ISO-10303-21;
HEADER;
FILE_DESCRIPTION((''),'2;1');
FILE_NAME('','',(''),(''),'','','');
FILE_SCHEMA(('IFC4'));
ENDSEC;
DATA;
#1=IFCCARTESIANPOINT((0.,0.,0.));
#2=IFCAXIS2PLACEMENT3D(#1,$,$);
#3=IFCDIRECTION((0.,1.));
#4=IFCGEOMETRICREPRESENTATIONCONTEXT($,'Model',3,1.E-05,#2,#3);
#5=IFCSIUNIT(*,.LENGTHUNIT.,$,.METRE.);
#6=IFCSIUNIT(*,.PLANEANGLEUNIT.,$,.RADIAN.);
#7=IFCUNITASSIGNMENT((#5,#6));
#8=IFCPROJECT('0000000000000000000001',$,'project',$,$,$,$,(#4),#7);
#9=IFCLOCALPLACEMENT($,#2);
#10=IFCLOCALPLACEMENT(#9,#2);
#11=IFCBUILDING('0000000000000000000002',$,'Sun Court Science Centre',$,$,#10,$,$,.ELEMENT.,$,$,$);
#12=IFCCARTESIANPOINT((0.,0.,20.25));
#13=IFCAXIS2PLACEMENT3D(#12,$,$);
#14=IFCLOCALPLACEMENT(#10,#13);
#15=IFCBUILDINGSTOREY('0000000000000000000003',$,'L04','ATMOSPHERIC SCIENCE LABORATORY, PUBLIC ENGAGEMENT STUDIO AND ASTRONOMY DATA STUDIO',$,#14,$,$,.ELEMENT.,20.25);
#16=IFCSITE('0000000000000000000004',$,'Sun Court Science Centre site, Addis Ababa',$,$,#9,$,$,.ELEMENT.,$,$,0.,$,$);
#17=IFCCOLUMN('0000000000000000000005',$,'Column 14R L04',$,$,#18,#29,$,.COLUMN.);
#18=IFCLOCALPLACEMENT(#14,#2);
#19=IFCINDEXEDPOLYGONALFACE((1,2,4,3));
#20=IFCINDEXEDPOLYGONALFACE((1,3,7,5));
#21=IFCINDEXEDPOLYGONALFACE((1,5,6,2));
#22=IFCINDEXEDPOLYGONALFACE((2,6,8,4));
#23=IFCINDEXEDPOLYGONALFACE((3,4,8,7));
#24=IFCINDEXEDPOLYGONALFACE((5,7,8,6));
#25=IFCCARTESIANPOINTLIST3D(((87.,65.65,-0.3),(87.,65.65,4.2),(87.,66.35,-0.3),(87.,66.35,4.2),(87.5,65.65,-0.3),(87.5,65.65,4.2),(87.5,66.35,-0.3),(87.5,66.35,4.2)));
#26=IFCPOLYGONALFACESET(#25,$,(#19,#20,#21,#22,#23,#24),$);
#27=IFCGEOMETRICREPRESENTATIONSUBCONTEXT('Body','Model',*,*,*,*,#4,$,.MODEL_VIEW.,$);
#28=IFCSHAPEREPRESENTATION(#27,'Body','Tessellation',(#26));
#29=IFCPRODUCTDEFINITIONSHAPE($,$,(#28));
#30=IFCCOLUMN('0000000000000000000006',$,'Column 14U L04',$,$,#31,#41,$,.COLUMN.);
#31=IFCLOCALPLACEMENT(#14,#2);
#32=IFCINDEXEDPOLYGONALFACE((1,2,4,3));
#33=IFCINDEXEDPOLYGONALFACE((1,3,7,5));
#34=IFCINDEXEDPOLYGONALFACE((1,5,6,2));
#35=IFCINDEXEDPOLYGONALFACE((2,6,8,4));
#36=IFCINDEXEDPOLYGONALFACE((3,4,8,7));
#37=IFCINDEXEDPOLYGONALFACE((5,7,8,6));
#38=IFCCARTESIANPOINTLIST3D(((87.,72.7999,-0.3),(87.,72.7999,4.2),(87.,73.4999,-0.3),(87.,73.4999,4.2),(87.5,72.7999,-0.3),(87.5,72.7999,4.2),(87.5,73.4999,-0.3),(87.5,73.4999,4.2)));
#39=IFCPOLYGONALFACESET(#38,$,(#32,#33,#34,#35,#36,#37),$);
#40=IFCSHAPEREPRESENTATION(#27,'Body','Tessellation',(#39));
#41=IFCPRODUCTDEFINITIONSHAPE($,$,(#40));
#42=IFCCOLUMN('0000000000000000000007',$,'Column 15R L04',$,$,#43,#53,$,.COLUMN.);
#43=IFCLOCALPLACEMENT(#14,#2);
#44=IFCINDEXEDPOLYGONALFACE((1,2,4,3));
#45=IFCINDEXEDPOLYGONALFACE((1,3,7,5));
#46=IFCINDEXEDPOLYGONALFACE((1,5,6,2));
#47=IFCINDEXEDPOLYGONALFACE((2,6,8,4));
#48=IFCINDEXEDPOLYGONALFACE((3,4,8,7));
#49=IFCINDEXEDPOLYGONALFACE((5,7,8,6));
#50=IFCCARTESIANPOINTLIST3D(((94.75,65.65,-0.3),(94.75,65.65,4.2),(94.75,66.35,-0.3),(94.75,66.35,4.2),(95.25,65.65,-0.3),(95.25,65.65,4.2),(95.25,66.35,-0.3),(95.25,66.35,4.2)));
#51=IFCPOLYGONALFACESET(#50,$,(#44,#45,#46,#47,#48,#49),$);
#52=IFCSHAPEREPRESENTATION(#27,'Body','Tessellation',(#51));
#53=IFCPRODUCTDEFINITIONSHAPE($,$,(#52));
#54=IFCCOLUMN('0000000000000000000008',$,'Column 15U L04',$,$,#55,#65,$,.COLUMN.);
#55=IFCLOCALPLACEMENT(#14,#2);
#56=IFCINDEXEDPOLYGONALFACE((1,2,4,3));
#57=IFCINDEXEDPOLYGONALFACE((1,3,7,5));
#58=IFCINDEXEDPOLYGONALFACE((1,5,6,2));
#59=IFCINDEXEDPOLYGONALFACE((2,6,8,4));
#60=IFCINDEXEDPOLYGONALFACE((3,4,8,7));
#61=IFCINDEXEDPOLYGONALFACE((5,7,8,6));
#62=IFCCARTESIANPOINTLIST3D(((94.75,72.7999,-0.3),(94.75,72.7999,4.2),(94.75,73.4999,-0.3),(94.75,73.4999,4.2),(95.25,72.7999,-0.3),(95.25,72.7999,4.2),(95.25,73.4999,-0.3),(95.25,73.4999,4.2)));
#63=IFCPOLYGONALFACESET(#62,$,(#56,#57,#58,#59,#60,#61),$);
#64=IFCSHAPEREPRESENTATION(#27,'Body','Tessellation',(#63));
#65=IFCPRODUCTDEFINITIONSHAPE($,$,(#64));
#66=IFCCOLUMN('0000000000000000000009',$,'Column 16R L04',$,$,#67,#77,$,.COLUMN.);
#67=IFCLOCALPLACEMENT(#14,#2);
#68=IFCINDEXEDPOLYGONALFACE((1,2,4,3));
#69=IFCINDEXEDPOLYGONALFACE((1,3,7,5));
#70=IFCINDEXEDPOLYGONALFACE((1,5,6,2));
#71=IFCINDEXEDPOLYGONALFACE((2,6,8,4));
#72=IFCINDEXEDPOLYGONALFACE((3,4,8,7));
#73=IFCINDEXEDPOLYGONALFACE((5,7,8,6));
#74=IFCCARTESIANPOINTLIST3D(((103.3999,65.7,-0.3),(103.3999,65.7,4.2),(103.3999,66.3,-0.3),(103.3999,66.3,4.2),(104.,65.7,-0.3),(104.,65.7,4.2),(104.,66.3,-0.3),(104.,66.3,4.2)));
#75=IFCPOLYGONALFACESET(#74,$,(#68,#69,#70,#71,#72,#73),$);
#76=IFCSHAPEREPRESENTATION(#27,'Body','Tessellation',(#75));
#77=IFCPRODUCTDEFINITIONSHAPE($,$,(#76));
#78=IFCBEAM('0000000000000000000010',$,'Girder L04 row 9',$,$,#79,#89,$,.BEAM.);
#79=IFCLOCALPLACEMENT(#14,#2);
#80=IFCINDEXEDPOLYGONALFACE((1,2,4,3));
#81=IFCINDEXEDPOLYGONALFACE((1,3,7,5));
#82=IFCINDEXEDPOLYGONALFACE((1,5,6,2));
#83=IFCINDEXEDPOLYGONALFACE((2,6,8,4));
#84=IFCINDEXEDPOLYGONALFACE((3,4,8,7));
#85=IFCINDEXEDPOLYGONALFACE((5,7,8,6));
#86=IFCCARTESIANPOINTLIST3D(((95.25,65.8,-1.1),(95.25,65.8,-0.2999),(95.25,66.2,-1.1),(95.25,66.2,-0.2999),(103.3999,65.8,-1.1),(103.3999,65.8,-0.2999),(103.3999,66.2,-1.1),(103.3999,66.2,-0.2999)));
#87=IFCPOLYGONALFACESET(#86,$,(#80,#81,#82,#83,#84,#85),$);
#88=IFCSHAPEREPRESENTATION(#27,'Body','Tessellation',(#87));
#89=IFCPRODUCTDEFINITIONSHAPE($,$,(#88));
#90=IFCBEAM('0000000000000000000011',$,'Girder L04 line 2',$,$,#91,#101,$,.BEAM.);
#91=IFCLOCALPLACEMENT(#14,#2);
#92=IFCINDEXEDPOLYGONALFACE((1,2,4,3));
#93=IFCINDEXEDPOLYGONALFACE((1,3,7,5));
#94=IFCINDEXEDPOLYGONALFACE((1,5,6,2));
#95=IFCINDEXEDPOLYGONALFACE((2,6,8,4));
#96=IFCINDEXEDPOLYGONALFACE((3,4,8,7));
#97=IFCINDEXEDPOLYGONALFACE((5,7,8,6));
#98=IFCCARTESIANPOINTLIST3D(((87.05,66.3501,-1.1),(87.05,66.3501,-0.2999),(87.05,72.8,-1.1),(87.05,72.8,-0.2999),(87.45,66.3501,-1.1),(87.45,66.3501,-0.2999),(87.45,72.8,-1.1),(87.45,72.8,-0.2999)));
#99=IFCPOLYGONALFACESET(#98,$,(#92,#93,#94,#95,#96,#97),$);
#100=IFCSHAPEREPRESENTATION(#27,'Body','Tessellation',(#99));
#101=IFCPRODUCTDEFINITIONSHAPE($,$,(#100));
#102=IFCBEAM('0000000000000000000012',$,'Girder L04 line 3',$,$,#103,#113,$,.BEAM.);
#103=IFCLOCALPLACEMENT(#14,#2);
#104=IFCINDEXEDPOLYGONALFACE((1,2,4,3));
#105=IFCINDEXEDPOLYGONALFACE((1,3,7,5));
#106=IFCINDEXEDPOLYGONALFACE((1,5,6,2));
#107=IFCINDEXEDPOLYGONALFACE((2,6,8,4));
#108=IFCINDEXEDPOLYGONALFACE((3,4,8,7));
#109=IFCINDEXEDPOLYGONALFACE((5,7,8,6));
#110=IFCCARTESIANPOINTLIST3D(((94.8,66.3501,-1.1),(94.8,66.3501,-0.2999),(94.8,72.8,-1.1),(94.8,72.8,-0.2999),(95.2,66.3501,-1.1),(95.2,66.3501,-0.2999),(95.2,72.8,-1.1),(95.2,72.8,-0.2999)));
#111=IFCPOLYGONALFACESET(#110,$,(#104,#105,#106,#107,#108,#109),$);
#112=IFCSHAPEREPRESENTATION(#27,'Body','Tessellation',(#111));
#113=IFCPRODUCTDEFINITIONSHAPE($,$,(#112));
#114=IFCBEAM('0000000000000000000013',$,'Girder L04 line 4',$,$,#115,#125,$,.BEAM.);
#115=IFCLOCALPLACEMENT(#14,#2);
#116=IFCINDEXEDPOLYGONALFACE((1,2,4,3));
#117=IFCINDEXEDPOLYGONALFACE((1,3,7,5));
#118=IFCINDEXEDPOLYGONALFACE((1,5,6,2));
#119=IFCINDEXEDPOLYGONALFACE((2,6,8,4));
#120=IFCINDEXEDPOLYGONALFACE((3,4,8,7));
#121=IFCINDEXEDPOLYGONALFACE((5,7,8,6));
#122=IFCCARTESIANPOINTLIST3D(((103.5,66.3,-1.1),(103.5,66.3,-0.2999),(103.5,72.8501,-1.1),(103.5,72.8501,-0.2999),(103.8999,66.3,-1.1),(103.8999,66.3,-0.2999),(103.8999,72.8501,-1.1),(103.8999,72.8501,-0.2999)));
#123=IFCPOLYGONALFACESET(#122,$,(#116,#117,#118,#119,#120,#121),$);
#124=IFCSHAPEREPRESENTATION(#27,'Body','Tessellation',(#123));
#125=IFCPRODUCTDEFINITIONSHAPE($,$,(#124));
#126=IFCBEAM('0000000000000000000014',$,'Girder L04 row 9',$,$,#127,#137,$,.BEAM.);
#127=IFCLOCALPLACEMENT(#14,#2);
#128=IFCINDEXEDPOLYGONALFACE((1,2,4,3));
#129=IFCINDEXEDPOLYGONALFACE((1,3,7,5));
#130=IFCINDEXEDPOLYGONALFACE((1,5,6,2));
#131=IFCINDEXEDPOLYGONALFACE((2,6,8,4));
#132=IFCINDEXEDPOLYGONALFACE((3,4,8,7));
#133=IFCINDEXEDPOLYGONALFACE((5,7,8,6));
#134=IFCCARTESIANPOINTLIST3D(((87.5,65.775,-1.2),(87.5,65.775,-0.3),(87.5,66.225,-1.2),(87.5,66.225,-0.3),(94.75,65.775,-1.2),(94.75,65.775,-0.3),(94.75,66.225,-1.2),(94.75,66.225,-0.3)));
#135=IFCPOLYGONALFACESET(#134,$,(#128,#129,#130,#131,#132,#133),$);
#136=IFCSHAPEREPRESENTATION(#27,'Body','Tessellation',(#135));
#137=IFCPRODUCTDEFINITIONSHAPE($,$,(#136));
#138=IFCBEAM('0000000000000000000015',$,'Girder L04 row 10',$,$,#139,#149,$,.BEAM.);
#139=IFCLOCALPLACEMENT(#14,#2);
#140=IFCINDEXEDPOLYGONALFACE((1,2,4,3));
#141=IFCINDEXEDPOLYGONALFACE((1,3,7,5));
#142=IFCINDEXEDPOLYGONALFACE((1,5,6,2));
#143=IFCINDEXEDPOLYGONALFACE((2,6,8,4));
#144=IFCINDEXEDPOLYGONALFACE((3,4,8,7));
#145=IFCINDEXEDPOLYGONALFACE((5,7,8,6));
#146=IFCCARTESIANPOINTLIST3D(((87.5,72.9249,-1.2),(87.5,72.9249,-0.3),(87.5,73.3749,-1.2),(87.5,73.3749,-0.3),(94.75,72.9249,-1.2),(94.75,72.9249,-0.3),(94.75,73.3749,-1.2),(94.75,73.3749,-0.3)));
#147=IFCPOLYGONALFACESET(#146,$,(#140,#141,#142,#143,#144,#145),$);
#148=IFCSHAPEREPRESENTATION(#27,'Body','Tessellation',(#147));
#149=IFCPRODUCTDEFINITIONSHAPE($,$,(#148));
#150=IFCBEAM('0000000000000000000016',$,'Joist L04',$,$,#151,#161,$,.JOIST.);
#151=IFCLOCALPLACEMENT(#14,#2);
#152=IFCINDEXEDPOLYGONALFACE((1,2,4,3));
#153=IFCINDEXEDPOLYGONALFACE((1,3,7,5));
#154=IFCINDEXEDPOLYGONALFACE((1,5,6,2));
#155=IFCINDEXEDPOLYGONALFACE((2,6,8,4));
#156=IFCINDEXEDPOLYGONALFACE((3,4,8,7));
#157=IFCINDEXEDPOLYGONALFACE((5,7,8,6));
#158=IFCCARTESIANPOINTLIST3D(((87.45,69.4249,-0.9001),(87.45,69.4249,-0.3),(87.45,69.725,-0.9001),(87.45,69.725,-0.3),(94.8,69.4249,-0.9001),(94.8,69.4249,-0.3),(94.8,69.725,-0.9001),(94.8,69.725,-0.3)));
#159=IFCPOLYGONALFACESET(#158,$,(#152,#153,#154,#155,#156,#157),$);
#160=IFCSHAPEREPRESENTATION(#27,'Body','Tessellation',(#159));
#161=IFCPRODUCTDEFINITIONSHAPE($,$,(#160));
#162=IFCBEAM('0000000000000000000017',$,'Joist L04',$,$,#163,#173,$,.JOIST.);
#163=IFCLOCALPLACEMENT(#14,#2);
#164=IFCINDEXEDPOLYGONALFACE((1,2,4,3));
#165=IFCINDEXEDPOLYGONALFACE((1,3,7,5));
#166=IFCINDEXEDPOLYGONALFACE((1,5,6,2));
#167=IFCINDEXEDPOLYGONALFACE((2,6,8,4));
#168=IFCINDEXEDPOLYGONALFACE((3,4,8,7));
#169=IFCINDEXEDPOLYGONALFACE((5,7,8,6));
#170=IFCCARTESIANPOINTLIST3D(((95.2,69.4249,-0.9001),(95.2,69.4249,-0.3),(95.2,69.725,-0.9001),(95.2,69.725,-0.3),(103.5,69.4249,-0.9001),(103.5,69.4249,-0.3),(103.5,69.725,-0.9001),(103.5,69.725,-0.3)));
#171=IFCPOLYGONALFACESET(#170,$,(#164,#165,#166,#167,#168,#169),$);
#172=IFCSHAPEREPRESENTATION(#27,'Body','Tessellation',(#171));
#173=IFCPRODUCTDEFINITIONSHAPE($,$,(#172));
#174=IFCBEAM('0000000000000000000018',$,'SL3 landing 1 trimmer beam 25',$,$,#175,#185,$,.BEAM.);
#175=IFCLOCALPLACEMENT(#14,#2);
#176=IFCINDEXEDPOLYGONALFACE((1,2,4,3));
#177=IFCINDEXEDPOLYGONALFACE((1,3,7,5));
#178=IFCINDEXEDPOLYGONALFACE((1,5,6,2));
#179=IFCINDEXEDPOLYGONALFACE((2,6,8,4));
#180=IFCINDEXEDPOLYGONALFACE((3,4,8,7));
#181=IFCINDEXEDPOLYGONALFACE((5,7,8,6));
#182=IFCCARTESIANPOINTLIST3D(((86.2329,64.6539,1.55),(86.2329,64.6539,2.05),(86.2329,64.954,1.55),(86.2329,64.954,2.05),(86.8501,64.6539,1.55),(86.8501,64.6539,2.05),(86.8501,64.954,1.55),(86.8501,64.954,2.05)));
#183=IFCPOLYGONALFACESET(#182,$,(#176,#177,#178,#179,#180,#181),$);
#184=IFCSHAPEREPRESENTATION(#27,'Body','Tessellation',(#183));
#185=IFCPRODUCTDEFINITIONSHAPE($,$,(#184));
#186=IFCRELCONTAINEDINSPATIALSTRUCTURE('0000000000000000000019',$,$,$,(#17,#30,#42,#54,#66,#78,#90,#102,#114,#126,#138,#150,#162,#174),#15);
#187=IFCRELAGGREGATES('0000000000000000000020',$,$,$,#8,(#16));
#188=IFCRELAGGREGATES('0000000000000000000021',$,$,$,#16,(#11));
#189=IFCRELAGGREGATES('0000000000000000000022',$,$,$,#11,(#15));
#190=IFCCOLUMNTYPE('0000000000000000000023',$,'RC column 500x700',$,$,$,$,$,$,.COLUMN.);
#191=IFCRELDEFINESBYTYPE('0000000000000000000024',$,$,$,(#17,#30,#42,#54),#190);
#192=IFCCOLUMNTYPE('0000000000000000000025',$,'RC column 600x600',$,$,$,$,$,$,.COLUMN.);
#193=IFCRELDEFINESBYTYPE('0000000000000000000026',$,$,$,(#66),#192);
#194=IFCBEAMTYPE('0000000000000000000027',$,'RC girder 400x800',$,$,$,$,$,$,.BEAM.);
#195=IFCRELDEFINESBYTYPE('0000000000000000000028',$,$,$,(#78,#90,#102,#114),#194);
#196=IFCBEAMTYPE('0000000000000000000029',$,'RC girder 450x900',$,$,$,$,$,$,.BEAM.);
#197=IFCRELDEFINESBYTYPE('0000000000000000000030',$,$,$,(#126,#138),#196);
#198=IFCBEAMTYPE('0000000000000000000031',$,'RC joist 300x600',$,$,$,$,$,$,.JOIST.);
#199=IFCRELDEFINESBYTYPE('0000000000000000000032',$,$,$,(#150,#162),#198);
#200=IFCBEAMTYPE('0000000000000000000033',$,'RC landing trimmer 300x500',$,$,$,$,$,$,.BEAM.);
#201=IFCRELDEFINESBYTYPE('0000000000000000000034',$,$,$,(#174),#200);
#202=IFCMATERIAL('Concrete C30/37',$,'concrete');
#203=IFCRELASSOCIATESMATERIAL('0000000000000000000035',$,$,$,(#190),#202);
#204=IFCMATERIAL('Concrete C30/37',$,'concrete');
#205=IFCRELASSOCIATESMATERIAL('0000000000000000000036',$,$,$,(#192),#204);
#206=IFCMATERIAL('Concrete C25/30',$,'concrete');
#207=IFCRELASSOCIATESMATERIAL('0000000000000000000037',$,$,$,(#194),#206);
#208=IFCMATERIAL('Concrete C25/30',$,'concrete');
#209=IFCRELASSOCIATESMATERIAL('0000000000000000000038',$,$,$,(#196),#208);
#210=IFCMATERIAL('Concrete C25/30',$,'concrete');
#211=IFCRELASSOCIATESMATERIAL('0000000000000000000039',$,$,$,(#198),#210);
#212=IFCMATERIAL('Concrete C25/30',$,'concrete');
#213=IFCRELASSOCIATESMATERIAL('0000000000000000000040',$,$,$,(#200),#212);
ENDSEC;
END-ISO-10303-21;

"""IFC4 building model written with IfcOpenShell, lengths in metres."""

from ifc_helpers import new_model, si_unit, direction, frame, origin, origin_2d, place, context, subcontext, project, spatial, rectangle, extrude, material, material_profile, profile_set, type_object, element, save


model = new_model("IFC4")

# Units and contexts
model_context = context("Model", 3, precision=1e-05, world=origin(), true_north=direction((0.0, 1.0)))
body_context = subcontext(model_context, "Body", "Model", "MODEL_VIEW")
ifc_project = project(units=[si_unit("LENGTHUNIT", "METRE"), si_unit("PLANEANGLEUNIT", "RADIAN")], contexts=[model_context])

# Site, building, storey
site_placement = place(None, origin())
site = spatial("IfcSite", under=ifc_project, at=site_placement, Name="Sun Court Science Centre site, Addis Ababa", CompositionType="ELEMENT", RefElevation=0.0)
building_placement = place(site_placement, origin())
building = spatial("IfcBuilding", under=site, at=building_placement, Name="Sun Court Science Centre", CompositionType="ELEMENT")
storey_placement = place(building_placement, frame((0.0, 0.0, 20.25)))
storey = spatial("IfcBuildingStorey", under=building, at=storey_placement, Name="L04", Description="ATMOSPHERIC SCIENCE LABORATORY, PUBLIC ENGAGEMENT STUDIO AND ASTRONOMY DATA STUDIO", CompositionType="ELEMENT", Elevation=20.25)

# Columns
ifc_material_1 = material(Name="Concrete C30/37", Category="concrete")
ifc_material_profile_1 = material_profile(ifc_material_1, rectangle(XDim=0.5, YDim=0.7, at=origin_2d()), Name="RC 500x700")
ifc_profile_set_1 = profile_set([ifc_material_profile_1], Name="Concrete C30/37")
column_type_1 = type_object("IfcColumnType", Name="RC column 500x700", PredefinedType="COLUMN", material=ifc_profile_set_1)
for number, where, z_axis, x_axis, name in (
    (1, (87.25, 66.0, -0.3), (0.0, 0.0, 1.0), (1.0, 0.0, 0.0), "Column 14R L04"),
    (2, (87.25, 73.1499, -0.3), (0.0, 0.0, 1.0), (1.0, 0.0, 0.0), "Column 14U L04"),
    (3, (95.0, 66.0, -0.3), (0.0, 0.0, 1.0), (1.0, 0.0, 0.0), "Column 15R L04"),
    (4, (95.0, 73.1499, -0.3), (0.0, 0.0, 1.0), (1.0, 0.0, 0.0), "Column 15U L04"),
):
    element("IfcColumn", number, at=place(storey_placement, frame(where, z_axis=z_axis, x_axis=x_axis)), inside=storey, type_object=column_type_1, Name=name, PredefinedType="COLUMN", context=body_context, shape_type="SweptSolid", body=[
        extrude(rectangle(XDim=0.5, YDim=0.7, at=origin_2d()), origin(), (0.0, 0.0, 1.0), 4.5),
    ])
ifc_material_2 = material(Name="Concrete C30/37", Category="concrete")
ifc_material_profile_2 = material_profile(ifc_material_2, rectangle(XDim=0.6001, YDim=0.6001, at=origin_2d()), Name="RC 600x600")
ifc_profile_set_2 = profile_set([ifc_material_profile_2], Name="Concrete C30/37")
column_type_2 = type_object("IfcColumnType", Name="RC column 600x600", PredefinedType="COLUMN", material=ifc_profile_set_2)
column_placement = place(storey_placement, frame((103.7, 66.0, -0.3), z_axis=(0.0, 0.0, 1.0), x_axis=(1.0, 0.0, 0.0)))
element("IfcColumn", 5, at=column_placement, inside=storey, type_object=column_type_2, Name="Column 16R L04", PredefinedType="COLUMN", context=body_context, shape_type="SweptSolid", body=[
    extrude(rectangle(XDim=0.6001, YDim=0.6001, at=origin_2d()), origin(), (0.0, 0.0, 1.0), 4.5),
])

# Beams
ifc_material_3 = material(Name="Concrete C25/30", Category="concrete")
ifc_material_profile_3 = material_profile(ifc_material_3, rectangle(XDim=0.3999, YDim=0.8, at=origin_2d()), Name="RC 400x800")
ifc_profile_set_3 = profile_set([ifc_material_profile_3], Name="Concrete C25/30")
beam_type_1 = type_object("IfcBeamType", Name="RC girder 400x800", PredefinedType="BEAM", material=ifc_profile_set_3)
beam_1_placement = place(storey_placement, frame((95.25, 66.0, -0.7), z_axis=(1.0, 0.0, 0.0), x_axis=(0.0, 1.0, 0.0)))
element("IfcBeam", 6, at=beam_1_placement, inside=storey, type_object=beam_type_1, Name="Girder L04 row 9", PredefinedType="BEAM", context=body_context, shape_type="SweptSolid", body=[
    extrude(rectangle(XDim=0.3999, YDim=0.8, at=origin_2d()), origin(), (0.0, 0.0, 1.0), 8.1499),
])
for number, where, z_axis, x_axis, name in (
    (7, (87.25, 66.3501, -0.7), (0.0, 1.0, 0.0), (-1.0, 0.0, 0.0), "Girder L04 line 2"),
    (8, (95.0, 66.3501, -0.7), (0.0, 1.0, 0.0), (-1.0, 0.0, 0.0), "Girder L04 line 3"),
):
    element("IfcBeam", number, at=place(storey_placement, frame(where, z_axis=z_axis, x_axis=x_axis)), inside=storey, type_object=beam_type_1, Name=name, PredefinedType="BEAM", context=body_context, shape_type="SweptSolid", body=[
        extrude(rectangle(XDim=0.3999, YDim=0.8, at=origin_2d()), origin(), (0.0, 0.0, 1.0), 6.45),
    ])
beam_2_placement = place(storey_placement, frame((103.7, 66.3, -0.7), z_axis=(0.0, 1.0, 0.0), x_axis=(-1.0, 0.0, 0.0)))
element("IfcBeam", 9, at=beam_2_placement, inside=storey, type_object=beam_type_1, Name="Girder L04 line 4", PredefinedType="BEAM", context=body_context, shape_type="SweptSolid", body=[
    extrude(rectangle(XDim=0.3999, YDim=0.8, at=origin_2d()), origin(), (0.0, 0.0, 1.0), 6.55),
])
ifc_material_4 = material(Name="Concrete C25/30", Category="concrete")
ifc_material_profile_4 = material_profile(ifc_material_4, rectangle(XDim=0.45, YDim=0.8999, at=origin_2d()), Name="RC 450x900")
ifc_profile_set_4 = profile_set([ifc_material_profile_4], Name="Concrete C25/30")
beam_type_2 = type_object("IfcBeamType", Name="RC girder 450x900", PredefinedType="BEAM", material=ifc_profile_set_4)
for number, where, z_axis, x_axis, name in (
    (10, (87.5, 66.0, -0.75), (1.0, 0.0, 0.0), (0.0, 1.0, 0.0), "Girder L04 row 9"),
    (11, (87.5, 73.1499, -0.75), (1.0, 0.0, 0.0), (0.0, 1.0, 0.0), "Girder L04 row 10"),
):
    element("IfcBeam", number, at=place(storey_placement, frame(where, z_axis=z_axis, x_axis=x_axis)), inside=storey, type_object=beam_type_2, Name=name, PredefinedType="BEAM", context=body_context, shape_type="SweptSolid", body=[
        extrude(rectangle(XDim=0.45, YDim=0.8999, at=origin_2d()), origin(), (0.0, 0.0, 1.0), 7.25),
    ])
ifc_material_5 = material(Name="Concrete C25/30", Category="concrete")
ifc_material_profile_5 = material_profile(ifc_material_5, rectangle(XDim=0.3, YDim=0.6001, at=origin_2d()), Name="RC 300x600")
ifc_profile_set_5 = profile_set([ifc_material_profile_5], Name="Concrete C25/30")
beam_type_3 = type_object("IfcBeamType", Name="RC joist 300x600", PredefinedType="JOIST", material=ifc_profile_set_5)
beam_3_placement = place(storey_placement, frame((87.45, 69.575, -0.6001), z_axis=(1.0, 0.0, 0.0), x_axis=(0.0, 1.0, 0.0)))
element("IfcBeam", 12, at=beam_3_placement, inside=storey, type_object=beam_type_3, Name="Joist L04", PredefinedType="JOIST", context=body_context, shape_type="SweptSolid", body=[
    extrude(rectangle(XDim=0.3, YDim=0.6001, at=origin_2d()), origin(), (0.0, 0.0, 1.0), 7.3501),
])
beam_4_placement = place(storey_placement, frame((95.2, 69.575, -0.6001), z_axis=(1.0, 0.0, 0.0), x_axis=(0.0, 1.0, 0.0)))
element("IfcBeam", 13, at=beam_4_placement, inside=storey, type_object=beam_type_3, Name="Joist L04", PredefinedType="JOIST", context=body_context, shape_type="SweptSolid", body=[
    extrude(rectangle(XDim=0.3, YDim=0.6001, at=origin_2d()), origin(), (0.0, 0.0, 1.0), 8.3),
])
ifc_material_6 = material(Name="Concrete C25/30", Category="concrete")
ifc_material_profile_6 = material_profile(ifc_material_6, rectangle(XDim=0.3, YDim=0.5, at=origin_2d()), Name="RC 300x500")
ifc_profile_set_6 = profile_set([ifc_material_profile_6], Name="Concrete C25/30")
beam_type_4 = type_object("IfcBeamType", Name="RC landing trimmer 300x500", PredefinedType="BEAM", material=ifc_profile_set_6)
beam_5_placement = place(storey_placement, frame((86.8501, 64.804, 1.8), z_axis=(-1.0, 0.0, 0.0), x_axis=(0.0, -1.0, 0.0)))
element("IfcBeam", 14, at=beam_5_placement, inside=storey, type_object=beam_type_4, Name="SL3 landing 1 trimmer beam 25", PredefinedType="BEAM", context=body_context, shape_type="SweptSolid", body=[
    extrude(rectangle(XDim=0.3, YDim=0.5, at=origin_2d()), origin(), (0.0, 0.0, 1.0), 0.6172),
])

save(model, "model.ifc")
